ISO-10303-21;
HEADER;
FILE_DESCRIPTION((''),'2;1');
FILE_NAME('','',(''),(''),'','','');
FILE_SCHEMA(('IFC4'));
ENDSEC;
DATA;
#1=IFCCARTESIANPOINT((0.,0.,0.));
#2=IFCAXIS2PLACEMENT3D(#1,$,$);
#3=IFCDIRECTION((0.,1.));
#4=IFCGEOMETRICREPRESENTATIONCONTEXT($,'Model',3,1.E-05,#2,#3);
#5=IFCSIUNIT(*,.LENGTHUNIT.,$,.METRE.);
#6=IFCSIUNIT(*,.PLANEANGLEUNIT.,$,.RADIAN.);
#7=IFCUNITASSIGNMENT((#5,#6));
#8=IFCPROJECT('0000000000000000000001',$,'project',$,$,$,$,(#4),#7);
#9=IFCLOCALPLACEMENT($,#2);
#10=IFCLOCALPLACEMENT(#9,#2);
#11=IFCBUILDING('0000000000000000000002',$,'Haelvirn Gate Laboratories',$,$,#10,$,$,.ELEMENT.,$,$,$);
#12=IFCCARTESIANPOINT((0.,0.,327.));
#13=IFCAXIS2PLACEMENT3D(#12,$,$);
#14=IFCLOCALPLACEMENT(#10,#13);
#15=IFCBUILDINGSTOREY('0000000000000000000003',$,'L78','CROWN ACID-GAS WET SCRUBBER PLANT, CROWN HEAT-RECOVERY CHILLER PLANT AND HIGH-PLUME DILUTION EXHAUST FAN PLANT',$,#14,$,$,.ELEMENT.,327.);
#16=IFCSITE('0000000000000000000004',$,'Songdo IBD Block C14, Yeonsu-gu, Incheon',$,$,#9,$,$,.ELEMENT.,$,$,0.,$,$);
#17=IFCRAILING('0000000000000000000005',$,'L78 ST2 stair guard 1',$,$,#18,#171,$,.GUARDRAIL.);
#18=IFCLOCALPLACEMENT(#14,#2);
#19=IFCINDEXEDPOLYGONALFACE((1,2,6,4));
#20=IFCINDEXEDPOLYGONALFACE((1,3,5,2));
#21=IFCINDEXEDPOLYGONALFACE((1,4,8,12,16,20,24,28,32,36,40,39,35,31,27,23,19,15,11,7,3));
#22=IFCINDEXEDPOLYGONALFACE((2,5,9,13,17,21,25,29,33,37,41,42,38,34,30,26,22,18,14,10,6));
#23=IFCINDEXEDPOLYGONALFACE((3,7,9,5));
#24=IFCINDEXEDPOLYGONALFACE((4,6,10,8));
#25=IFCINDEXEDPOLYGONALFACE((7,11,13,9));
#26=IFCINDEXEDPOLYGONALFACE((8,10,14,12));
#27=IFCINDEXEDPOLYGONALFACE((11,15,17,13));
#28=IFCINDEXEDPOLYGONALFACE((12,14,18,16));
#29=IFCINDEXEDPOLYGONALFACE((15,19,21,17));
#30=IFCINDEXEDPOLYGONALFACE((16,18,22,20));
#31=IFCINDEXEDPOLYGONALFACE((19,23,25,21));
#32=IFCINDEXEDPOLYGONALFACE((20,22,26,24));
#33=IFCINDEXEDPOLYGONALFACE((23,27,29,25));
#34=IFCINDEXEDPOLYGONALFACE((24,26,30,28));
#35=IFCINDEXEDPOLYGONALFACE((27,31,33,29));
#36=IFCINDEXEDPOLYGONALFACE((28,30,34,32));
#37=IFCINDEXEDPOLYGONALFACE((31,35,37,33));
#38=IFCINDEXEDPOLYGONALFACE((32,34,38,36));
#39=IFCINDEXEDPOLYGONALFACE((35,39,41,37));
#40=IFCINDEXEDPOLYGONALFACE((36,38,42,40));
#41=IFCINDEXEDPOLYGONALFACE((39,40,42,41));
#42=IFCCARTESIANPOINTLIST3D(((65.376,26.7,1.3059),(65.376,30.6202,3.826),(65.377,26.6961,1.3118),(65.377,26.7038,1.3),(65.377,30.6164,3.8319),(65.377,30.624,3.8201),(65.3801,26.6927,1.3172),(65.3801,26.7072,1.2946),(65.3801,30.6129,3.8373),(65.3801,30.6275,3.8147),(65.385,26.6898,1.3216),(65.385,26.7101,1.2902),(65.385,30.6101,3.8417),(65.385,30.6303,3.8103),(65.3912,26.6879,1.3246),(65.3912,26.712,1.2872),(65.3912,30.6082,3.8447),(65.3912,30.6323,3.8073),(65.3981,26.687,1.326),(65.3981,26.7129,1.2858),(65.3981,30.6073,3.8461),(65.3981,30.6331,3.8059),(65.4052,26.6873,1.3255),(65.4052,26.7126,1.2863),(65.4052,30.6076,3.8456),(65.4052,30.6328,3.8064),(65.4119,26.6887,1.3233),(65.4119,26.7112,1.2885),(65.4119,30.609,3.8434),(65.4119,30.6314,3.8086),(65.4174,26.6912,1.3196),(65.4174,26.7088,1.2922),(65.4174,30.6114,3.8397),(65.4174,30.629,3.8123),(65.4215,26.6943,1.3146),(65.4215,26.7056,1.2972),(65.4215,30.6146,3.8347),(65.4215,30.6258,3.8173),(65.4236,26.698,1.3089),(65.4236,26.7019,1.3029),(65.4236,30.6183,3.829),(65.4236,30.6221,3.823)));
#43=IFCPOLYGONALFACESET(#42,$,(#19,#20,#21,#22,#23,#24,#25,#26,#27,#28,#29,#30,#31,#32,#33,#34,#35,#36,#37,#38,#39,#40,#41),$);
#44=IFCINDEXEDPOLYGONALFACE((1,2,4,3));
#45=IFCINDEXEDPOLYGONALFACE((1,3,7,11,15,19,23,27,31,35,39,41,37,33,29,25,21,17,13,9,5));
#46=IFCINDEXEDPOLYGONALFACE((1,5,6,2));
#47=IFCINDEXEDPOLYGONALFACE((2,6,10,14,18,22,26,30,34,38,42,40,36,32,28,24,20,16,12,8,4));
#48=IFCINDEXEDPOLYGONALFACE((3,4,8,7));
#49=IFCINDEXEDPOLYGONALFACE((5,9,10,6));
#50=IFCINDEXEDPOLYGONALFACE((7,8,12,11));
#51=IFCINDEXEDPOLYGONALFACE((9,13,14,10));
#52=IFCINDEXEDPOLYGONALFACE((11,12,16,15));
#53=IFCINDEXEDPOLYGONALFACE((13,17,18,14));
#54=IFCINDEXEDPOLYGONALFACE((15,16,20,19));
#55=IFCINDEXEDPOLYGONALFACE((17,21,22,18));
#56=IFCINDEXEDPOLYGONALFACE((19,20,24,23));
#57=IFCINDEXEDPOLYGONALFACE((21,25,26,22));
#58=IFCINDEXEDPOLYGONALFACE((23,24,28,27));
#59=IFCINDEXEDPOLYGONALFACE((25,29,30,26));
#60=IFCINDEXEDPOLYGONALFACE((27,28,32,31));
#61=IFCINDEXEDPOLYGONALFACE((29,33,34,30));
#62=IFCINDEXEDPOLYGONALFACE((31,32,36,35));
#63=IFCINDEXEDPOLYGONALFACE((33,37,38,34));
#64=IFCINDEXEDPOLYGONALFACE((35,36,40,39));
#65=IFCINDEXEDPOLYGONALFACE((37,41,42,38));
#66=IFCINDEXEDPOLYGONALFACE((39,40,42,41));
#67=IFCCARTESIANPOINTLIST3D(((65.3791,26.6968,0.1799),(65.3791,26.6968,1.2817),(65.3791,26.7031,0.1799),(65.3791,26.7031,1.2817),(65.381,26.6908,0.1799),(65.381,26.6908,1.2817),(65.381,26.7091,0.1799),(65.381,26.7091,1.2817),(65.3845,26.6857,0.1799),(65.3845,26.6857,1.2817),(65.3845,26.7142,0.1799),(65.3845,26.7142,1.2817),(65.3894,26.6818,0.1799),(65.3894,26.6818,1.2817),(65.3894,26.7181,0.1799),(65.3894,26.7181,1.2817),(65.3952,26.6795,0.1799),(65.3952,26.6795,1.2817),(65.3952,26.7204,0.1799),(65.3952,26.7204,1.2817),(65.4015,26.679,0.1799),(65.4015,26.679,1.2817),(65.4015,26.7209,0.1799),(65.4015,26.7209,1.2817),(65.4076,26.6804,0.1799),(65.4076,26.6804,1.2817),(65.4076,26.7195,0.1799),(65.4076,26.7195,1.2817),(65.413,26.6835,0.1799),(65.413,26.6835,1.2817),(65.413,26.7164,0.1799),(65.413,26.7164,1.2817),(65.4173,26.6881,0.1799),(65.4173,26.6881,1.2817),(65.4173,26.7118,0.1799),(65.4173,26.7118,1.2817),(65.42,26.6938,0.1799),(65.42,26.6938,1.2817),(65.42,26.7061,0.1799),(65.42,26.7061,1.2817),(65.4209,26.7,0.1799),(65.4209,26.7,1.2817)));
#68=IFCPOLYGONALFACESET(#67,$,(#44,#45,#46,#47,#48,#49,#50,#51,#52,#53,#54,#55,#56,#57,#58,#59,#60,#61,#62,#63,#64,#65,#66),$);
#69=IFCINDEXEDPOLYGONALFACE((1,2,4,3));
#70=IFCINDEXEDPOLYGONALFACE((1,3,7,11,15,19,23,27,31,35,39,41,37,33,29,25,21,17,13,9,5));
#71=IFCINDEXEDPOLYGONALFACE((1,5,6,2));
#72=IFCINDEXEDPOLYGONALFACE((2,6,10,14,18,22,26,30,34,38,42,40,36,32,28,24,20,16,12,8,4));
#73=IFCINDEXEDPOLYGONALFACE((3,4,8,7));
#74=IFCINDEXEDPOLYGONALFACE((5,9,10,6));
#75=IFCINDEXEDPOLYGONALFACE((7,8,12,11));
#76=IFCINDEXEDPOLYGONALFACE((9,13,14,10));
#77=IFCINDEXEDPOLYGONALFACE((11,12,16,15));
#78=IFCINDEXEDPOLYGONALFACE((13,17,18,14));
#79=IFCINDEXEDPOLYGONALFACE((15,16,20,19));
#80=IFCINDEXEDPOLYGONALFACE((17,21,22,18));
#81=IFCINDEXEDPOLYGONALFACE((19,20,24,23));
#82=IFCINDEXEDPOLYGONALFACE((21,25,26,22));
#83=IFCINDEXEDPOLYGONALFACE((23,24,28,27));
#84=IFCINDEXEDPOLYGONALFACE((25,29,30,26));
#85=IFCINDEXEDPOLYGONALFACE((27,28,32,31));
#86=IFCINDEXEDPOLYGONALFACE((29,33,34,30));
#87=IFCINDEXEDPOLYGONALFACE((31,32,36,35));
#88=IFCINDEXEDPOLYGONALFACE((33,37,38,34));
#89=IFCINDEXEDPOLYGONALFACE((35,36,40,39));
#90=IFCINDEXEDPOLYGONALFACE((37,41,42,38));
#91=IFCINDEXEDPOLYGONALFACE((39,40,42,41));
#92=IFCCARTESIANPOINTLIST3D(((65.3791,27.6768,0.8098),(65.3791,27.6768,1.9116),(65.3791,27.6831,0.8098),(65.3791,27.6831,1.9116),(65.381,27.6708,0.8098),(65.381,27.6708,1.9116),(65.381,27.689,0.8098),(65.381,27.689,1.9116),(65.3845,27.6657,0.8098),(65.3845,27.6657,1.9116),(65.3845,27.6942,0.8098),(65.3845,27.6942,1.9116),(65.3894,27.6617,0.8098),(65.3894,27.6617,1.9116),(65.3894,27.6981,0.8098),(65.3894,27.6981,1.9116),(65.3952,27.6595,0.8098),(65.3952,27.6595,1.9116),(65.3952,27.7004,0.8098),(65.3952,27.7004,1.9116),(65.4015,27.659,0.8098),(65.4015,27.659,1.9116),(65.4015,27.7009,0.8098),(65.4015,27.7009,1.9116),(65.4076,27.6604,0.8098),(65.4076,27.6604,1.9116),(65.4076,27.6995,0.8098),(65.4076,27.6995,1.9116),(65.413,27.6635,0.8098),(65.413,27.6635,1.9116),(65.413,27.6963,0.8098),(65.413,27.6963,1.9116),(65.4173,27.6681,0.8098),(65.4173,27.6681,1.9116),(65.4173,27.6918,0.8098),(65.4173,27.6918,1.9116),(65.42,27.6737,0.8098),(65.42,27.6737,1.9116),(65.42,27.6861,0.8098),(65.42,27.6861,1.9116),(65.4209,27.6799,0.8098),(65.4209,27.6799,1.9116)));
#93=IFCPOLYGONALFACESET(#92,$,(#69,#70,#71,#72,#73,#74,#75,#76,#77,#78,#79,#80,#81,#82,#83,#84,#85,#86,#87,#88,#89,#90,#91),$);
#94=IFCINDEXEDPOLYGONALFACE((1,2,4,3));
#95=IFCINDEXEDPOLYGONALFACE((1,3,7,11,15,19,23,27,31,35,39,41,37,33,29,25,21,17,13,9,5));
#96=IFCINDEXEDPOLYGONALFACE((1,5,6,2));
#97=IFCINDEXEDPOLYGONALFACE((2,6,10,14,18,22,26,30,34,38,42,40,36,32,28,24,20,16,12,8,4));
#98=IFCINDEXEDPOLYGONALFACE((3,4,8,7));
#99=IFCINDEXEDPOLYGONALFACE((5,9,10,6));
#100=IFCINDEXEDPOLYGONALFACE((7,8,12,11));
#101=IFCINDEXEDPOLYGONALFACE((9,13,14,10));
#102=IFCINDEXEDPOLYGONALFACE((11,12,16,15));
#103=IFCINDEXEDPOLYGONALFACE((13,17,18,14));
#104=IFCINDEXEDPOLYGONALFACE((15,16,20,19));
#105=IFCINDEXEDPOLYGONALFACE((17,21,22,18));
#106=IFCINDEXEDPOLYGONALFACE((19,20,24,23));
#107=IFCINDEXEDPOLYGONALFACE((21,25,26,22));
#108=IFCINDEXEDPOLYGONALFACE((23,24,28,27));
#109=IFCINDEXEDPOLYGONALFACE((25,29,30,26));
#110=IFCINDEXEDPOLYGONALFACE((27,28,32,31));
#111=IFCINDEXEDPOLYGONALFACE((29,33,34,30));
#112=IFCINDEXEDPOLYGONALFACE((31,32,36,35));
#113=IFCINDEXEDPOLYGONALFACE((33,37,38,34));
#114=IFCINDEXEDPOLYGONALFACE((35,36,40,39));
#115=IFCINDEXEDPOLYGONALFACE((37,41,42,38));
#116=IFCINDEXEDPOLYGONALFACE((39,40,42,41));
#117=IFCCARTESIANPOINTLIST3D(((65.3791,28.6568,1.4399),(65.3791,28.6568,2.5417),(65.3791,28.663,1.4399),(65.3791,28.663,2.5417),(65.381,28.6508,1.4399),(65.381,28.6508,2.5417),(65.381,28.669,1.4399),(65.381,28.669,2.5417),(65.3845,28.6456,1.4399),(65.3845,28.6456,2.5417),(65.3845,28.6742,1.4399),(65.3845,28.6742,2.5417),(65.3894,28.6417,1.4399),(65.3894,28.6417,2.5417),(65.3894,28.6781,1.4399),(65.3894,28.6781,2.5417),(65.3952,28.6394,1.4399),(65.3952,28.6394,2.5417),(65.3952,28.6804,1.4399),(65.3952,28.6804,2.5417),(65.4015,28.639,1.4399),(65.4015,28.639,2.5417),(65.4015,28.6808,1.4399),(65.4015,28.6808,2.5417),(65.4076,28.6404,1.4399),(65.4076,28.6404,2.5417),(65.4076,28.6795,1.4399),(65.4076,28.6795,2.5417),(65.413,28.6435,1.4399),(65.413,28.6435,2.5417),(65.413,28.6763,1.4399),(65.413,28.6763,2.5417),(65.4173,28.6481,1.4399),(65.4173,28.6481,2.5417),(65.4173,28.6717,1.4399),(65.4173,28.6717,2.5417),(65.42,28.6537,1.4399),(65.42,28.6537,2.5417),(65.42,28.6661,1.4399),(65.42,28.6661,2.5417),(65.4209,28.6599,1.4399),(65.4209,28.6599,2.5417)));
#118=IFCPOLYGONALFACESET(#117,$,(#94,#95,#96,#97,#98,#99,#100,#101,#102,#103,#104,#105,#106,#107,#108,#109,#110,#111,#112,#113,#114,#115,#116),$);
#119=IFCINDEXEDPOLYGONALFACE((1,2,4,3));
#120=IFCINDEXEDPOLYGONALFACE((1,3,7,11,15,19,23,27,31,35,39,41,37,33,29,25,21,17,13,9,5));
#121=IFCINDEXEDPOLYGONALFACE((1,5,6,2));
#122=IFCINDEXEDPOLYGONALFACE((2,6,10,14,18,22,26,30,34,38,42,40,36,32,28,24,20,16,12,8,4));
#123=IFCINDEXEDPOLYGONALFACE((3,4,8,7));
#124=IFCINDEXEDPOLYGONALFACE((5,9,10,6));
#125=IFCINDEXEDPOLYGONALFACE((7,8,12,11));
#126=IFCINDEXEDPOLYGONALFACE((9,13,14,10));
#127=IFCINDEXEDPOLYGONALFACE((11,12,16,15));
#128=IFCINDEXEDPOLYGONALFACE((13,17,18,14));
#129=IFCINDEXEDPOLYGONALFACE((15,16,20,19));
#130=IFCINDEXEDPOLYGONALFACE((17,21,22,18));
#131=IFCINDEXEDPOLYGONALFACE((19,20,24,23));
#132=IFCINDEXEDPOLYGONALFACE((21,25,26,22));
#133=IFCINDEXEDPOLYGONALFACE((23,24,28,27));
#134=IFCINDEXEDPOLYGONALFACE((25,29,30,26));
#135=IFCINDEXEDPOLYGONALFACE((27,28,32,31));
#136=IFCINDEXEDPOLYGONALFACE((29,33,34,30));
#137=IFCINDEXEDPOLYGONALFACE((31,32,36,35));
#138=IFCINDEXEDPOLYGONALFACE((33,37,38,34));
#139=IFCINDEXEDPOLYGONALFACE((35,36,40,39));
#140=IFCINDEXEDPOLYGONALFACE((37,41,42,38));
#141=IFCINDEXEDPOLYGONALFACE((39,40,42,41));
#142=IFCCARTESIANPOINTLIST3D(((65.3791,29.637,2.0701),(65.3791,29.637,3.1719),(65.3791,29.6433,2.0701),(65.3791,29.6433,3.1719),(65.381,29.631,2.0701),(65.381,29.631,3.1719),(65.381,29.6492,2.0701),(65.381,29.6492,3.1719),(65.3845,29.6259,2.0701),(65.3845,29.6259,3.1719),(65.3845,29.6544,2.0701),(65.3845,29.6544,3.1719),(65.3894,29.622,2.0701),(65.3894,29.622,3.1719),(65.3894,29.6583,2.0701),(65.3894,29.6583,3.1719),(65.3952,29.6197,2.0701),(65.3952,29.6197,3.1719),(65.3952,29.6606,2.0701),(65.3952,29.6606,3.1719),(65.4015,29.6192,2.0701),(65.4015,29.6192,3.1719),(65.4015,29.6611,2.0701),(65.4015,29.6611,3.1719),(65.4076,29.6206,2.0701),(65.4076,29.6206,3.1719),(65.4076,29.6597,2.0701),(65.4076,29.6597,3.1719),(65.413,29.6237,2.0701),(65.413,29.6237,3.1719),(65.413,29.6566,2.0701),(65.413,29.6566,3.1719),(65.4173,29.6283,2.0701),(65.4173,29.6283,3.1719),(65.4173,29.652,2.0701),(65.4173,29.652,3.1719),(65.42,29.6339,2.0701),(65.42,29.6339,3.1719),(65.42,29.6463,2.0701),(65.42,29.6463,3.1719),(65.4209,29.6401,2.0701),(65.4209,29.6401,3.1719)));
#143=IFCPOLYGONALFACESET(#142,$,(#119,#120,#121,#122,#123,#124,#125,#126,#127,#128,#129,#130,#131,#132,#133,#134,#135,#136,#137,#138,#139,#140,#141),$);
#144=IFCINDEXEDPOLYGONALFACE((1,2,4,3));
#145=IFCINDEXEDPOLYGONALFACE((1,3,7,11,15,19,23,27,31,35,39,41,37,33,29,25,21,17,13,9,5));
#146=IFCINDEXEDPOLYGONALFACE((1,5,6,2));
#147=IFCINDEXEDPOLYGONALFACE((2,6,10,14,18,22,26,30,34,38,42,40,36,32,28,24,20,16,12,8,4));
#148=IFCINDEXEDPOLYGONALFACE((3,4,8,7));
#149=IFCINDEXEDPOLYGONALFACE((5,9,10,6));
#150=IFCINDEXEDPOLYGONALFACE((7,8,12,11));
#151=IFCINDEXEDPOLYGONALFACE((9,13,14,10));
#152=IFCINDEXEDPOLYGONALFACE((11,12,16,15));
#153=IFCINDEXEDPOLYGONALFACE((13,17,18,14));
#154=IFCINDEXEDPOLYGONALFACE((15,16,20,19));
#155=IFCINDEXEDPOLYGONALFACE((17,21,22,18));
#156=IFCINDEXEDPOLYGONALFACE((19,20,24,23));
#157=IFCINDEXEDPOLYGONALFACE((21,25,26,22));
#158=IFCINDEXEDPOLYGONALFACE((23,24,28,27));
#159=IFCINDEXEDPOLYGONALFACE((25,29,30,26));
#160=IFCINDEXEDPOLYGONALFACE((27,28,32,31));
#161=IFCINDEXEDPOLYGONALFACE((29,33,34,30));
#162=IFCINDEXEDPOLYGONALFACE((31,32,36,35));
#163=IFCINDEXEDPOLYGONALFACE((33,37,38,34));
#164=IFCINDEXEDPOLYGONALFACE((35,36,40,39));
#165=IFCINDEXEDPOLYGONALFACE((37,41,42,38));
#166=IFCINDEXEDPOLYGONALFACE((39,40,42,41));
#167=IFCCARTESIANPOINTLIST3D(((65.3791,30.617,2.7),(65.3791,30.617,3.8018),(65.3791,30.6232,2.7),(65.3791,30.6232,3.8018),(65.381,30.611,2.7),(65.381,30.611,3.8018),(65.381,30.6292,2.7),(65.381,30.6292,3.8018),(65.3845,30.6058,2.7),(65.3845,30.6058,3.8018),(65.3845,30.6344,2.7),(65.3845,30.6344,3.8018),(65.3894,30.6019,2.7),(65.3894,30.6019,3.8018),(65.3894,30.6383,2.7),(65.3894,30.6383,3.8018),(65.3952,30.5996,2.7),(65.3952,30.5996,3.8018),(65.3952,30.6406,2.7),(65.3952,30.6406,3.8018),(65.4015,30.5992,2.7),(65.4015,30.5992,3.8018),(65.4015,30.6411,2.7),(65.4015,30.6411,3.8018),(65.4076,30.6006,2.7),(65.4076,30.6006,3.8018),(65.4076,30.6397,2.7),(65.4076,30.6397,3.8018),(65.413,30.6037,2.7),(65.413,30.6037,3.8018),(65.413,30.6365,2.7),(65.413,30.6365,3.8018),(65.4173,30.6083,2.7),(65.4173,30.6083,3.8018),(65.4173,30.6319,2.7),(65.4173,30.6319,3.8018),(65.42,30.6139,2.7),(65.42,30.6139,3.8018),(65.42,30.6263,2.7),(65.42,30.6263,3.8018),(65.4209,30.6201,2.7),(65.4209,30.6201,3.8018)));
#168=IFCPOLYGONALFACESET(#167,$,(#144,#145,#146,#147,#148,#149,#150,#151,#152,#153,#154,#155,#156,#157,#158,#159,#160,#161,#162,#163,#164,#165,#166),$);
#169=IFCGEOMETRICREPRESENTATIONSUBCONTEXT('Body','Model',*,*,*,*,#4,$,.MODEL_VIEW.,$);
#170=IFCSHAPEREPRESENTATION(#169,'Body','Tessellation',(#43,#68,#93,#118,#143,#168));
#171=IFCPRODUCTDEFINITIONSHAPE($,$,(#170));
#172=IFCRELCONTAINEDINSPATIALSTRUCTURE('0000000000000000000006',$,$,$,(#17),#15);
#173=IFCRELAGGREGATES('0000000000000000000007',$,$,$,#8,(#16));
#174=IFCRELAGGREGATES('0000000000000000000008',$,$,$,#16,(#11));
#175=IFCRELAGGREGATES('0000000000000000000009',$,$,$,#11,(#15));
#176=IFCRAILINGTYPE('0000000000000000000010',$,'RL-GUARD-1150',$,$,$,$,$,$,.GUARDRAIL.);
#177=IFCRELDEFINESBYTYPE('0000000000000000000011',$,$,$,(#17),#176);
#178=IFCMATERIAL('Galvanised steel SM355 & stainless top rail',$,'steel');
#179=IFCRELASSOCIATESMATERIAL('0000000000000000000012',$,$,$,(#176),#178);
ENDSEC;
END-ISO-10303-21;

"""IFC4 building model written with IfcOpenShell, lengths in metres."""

from ifc_helpers import new_model, si_unit, direction, frame, origin, origin_2d, place, context, subcontext, project, spatial, circle, extrude, source, transform, mapped, material, type_object, element, save


model = new_model("IFC4")

# Units and contexts
model_context = context("Model", 3, precision=1e-05, world=origin(), true_north=direction((0.0, 1.0)))
body_context = subcontext(model_context, "Body", "Model", "MODEL_VIEW")
ifc_project = project(units=[si_unit("LENGTHUNIT", "METRE"), si_unit("PLANEANGLEUNIT", "RADIAN")], contexts=[model_context])

# Site, building, storey
site_placement = place(None, origin())
site = spatial("IfcSite", under=ifc_project, at=site_placement, Name="Songdo IBD Block C14, Yeonsu-gu, Incheon", CompositionType="ELEMENT", RefElevation=0.0)
building_placement = place(site_placement, origin())
building = spatial("IfcBuilding", under=site, at=building_placement, Name="Haelvirn Gate Laboratories", CompositionType="ELEMENT")
storey_placement = place(building_placement, frame((0.0, 0.0, 327.0)))
storey = spatial("IfcBuildingStorey", under=building, at=storey_placement, Name="L78", Description="CROWN ACID-GAS WET SCRUBBER PLANT, CROWN HEAT-RECOVERY CHILLER PLANT AND HIGH-PLUME DILUTION EXHAUST FAN PLANT", CompositionType="ELEMENT", Elevation=327.0)

# Railing
ifc_material_1 = material(Name="Galvanised steel SM355 & stainless top rail", Category="steel")
railing_type_1 = type_object("IfcRailingType", Name="RL-GUARD-1150", PredefinedType="GUARDRAIL", material=ifc_material_1)
shared_shape_1 = source(origin(), body_context, "Body", "SweptSolid", [
    extrude(circle(Radius=0.0239, at=origin_2d()), frame((0.0, 0.0, 1.126), z_axis=(0.0, 0.841187, 0.540744), x_axis=(-1.0, 0.0, 0.0)), (0.0, 0.0, 1.0), 4.6604),
    extrude(circle(Radius=0.021, at=origin_2d()), origin(), (0.0, 0.0, 1.0), 1.1018),
    extrude(circle(Radius=0.021, at=origin_2d()), frame((0.0, 0.98, 0.6299)), (0.0, 0.0, 1.0), 1.1018),
    extrude(circle(Radius=0.021, at=origin_2d()), frame((0.0, 1.96, 1.26)), (0.0, 0.0, 1.0), 1.1018),
    extrude(circle(Radius=0.021, at=origin_2d()), frame((0.0, 2.9402, 1.8901)), (0.0, 0.0, 1.0), 1.1018),
    extrude(circle(Radius=0.021, at=origin_2d()), frame((0.0, 3.9202, 2.52)), (0.0, 0.0, 1.0), 1.1018),
])
railing_1_placement = place(storey_placement, frame((65.3999, 26.7, 0.1799)))
element("IfcRailing", 1, at=railing_1_placement, inside=storey, type_object=railing_type_1, Name="L78 ST2 stair guard 1", PredefinedType="GUARDRAIL", context=body_context, shape_type="MappedRepresentation", body=[
    mapped(shared_shape_1, transform((0.0, 0.0, 0.0), scale=1.0)),
])

save(model, "model.ifc")
